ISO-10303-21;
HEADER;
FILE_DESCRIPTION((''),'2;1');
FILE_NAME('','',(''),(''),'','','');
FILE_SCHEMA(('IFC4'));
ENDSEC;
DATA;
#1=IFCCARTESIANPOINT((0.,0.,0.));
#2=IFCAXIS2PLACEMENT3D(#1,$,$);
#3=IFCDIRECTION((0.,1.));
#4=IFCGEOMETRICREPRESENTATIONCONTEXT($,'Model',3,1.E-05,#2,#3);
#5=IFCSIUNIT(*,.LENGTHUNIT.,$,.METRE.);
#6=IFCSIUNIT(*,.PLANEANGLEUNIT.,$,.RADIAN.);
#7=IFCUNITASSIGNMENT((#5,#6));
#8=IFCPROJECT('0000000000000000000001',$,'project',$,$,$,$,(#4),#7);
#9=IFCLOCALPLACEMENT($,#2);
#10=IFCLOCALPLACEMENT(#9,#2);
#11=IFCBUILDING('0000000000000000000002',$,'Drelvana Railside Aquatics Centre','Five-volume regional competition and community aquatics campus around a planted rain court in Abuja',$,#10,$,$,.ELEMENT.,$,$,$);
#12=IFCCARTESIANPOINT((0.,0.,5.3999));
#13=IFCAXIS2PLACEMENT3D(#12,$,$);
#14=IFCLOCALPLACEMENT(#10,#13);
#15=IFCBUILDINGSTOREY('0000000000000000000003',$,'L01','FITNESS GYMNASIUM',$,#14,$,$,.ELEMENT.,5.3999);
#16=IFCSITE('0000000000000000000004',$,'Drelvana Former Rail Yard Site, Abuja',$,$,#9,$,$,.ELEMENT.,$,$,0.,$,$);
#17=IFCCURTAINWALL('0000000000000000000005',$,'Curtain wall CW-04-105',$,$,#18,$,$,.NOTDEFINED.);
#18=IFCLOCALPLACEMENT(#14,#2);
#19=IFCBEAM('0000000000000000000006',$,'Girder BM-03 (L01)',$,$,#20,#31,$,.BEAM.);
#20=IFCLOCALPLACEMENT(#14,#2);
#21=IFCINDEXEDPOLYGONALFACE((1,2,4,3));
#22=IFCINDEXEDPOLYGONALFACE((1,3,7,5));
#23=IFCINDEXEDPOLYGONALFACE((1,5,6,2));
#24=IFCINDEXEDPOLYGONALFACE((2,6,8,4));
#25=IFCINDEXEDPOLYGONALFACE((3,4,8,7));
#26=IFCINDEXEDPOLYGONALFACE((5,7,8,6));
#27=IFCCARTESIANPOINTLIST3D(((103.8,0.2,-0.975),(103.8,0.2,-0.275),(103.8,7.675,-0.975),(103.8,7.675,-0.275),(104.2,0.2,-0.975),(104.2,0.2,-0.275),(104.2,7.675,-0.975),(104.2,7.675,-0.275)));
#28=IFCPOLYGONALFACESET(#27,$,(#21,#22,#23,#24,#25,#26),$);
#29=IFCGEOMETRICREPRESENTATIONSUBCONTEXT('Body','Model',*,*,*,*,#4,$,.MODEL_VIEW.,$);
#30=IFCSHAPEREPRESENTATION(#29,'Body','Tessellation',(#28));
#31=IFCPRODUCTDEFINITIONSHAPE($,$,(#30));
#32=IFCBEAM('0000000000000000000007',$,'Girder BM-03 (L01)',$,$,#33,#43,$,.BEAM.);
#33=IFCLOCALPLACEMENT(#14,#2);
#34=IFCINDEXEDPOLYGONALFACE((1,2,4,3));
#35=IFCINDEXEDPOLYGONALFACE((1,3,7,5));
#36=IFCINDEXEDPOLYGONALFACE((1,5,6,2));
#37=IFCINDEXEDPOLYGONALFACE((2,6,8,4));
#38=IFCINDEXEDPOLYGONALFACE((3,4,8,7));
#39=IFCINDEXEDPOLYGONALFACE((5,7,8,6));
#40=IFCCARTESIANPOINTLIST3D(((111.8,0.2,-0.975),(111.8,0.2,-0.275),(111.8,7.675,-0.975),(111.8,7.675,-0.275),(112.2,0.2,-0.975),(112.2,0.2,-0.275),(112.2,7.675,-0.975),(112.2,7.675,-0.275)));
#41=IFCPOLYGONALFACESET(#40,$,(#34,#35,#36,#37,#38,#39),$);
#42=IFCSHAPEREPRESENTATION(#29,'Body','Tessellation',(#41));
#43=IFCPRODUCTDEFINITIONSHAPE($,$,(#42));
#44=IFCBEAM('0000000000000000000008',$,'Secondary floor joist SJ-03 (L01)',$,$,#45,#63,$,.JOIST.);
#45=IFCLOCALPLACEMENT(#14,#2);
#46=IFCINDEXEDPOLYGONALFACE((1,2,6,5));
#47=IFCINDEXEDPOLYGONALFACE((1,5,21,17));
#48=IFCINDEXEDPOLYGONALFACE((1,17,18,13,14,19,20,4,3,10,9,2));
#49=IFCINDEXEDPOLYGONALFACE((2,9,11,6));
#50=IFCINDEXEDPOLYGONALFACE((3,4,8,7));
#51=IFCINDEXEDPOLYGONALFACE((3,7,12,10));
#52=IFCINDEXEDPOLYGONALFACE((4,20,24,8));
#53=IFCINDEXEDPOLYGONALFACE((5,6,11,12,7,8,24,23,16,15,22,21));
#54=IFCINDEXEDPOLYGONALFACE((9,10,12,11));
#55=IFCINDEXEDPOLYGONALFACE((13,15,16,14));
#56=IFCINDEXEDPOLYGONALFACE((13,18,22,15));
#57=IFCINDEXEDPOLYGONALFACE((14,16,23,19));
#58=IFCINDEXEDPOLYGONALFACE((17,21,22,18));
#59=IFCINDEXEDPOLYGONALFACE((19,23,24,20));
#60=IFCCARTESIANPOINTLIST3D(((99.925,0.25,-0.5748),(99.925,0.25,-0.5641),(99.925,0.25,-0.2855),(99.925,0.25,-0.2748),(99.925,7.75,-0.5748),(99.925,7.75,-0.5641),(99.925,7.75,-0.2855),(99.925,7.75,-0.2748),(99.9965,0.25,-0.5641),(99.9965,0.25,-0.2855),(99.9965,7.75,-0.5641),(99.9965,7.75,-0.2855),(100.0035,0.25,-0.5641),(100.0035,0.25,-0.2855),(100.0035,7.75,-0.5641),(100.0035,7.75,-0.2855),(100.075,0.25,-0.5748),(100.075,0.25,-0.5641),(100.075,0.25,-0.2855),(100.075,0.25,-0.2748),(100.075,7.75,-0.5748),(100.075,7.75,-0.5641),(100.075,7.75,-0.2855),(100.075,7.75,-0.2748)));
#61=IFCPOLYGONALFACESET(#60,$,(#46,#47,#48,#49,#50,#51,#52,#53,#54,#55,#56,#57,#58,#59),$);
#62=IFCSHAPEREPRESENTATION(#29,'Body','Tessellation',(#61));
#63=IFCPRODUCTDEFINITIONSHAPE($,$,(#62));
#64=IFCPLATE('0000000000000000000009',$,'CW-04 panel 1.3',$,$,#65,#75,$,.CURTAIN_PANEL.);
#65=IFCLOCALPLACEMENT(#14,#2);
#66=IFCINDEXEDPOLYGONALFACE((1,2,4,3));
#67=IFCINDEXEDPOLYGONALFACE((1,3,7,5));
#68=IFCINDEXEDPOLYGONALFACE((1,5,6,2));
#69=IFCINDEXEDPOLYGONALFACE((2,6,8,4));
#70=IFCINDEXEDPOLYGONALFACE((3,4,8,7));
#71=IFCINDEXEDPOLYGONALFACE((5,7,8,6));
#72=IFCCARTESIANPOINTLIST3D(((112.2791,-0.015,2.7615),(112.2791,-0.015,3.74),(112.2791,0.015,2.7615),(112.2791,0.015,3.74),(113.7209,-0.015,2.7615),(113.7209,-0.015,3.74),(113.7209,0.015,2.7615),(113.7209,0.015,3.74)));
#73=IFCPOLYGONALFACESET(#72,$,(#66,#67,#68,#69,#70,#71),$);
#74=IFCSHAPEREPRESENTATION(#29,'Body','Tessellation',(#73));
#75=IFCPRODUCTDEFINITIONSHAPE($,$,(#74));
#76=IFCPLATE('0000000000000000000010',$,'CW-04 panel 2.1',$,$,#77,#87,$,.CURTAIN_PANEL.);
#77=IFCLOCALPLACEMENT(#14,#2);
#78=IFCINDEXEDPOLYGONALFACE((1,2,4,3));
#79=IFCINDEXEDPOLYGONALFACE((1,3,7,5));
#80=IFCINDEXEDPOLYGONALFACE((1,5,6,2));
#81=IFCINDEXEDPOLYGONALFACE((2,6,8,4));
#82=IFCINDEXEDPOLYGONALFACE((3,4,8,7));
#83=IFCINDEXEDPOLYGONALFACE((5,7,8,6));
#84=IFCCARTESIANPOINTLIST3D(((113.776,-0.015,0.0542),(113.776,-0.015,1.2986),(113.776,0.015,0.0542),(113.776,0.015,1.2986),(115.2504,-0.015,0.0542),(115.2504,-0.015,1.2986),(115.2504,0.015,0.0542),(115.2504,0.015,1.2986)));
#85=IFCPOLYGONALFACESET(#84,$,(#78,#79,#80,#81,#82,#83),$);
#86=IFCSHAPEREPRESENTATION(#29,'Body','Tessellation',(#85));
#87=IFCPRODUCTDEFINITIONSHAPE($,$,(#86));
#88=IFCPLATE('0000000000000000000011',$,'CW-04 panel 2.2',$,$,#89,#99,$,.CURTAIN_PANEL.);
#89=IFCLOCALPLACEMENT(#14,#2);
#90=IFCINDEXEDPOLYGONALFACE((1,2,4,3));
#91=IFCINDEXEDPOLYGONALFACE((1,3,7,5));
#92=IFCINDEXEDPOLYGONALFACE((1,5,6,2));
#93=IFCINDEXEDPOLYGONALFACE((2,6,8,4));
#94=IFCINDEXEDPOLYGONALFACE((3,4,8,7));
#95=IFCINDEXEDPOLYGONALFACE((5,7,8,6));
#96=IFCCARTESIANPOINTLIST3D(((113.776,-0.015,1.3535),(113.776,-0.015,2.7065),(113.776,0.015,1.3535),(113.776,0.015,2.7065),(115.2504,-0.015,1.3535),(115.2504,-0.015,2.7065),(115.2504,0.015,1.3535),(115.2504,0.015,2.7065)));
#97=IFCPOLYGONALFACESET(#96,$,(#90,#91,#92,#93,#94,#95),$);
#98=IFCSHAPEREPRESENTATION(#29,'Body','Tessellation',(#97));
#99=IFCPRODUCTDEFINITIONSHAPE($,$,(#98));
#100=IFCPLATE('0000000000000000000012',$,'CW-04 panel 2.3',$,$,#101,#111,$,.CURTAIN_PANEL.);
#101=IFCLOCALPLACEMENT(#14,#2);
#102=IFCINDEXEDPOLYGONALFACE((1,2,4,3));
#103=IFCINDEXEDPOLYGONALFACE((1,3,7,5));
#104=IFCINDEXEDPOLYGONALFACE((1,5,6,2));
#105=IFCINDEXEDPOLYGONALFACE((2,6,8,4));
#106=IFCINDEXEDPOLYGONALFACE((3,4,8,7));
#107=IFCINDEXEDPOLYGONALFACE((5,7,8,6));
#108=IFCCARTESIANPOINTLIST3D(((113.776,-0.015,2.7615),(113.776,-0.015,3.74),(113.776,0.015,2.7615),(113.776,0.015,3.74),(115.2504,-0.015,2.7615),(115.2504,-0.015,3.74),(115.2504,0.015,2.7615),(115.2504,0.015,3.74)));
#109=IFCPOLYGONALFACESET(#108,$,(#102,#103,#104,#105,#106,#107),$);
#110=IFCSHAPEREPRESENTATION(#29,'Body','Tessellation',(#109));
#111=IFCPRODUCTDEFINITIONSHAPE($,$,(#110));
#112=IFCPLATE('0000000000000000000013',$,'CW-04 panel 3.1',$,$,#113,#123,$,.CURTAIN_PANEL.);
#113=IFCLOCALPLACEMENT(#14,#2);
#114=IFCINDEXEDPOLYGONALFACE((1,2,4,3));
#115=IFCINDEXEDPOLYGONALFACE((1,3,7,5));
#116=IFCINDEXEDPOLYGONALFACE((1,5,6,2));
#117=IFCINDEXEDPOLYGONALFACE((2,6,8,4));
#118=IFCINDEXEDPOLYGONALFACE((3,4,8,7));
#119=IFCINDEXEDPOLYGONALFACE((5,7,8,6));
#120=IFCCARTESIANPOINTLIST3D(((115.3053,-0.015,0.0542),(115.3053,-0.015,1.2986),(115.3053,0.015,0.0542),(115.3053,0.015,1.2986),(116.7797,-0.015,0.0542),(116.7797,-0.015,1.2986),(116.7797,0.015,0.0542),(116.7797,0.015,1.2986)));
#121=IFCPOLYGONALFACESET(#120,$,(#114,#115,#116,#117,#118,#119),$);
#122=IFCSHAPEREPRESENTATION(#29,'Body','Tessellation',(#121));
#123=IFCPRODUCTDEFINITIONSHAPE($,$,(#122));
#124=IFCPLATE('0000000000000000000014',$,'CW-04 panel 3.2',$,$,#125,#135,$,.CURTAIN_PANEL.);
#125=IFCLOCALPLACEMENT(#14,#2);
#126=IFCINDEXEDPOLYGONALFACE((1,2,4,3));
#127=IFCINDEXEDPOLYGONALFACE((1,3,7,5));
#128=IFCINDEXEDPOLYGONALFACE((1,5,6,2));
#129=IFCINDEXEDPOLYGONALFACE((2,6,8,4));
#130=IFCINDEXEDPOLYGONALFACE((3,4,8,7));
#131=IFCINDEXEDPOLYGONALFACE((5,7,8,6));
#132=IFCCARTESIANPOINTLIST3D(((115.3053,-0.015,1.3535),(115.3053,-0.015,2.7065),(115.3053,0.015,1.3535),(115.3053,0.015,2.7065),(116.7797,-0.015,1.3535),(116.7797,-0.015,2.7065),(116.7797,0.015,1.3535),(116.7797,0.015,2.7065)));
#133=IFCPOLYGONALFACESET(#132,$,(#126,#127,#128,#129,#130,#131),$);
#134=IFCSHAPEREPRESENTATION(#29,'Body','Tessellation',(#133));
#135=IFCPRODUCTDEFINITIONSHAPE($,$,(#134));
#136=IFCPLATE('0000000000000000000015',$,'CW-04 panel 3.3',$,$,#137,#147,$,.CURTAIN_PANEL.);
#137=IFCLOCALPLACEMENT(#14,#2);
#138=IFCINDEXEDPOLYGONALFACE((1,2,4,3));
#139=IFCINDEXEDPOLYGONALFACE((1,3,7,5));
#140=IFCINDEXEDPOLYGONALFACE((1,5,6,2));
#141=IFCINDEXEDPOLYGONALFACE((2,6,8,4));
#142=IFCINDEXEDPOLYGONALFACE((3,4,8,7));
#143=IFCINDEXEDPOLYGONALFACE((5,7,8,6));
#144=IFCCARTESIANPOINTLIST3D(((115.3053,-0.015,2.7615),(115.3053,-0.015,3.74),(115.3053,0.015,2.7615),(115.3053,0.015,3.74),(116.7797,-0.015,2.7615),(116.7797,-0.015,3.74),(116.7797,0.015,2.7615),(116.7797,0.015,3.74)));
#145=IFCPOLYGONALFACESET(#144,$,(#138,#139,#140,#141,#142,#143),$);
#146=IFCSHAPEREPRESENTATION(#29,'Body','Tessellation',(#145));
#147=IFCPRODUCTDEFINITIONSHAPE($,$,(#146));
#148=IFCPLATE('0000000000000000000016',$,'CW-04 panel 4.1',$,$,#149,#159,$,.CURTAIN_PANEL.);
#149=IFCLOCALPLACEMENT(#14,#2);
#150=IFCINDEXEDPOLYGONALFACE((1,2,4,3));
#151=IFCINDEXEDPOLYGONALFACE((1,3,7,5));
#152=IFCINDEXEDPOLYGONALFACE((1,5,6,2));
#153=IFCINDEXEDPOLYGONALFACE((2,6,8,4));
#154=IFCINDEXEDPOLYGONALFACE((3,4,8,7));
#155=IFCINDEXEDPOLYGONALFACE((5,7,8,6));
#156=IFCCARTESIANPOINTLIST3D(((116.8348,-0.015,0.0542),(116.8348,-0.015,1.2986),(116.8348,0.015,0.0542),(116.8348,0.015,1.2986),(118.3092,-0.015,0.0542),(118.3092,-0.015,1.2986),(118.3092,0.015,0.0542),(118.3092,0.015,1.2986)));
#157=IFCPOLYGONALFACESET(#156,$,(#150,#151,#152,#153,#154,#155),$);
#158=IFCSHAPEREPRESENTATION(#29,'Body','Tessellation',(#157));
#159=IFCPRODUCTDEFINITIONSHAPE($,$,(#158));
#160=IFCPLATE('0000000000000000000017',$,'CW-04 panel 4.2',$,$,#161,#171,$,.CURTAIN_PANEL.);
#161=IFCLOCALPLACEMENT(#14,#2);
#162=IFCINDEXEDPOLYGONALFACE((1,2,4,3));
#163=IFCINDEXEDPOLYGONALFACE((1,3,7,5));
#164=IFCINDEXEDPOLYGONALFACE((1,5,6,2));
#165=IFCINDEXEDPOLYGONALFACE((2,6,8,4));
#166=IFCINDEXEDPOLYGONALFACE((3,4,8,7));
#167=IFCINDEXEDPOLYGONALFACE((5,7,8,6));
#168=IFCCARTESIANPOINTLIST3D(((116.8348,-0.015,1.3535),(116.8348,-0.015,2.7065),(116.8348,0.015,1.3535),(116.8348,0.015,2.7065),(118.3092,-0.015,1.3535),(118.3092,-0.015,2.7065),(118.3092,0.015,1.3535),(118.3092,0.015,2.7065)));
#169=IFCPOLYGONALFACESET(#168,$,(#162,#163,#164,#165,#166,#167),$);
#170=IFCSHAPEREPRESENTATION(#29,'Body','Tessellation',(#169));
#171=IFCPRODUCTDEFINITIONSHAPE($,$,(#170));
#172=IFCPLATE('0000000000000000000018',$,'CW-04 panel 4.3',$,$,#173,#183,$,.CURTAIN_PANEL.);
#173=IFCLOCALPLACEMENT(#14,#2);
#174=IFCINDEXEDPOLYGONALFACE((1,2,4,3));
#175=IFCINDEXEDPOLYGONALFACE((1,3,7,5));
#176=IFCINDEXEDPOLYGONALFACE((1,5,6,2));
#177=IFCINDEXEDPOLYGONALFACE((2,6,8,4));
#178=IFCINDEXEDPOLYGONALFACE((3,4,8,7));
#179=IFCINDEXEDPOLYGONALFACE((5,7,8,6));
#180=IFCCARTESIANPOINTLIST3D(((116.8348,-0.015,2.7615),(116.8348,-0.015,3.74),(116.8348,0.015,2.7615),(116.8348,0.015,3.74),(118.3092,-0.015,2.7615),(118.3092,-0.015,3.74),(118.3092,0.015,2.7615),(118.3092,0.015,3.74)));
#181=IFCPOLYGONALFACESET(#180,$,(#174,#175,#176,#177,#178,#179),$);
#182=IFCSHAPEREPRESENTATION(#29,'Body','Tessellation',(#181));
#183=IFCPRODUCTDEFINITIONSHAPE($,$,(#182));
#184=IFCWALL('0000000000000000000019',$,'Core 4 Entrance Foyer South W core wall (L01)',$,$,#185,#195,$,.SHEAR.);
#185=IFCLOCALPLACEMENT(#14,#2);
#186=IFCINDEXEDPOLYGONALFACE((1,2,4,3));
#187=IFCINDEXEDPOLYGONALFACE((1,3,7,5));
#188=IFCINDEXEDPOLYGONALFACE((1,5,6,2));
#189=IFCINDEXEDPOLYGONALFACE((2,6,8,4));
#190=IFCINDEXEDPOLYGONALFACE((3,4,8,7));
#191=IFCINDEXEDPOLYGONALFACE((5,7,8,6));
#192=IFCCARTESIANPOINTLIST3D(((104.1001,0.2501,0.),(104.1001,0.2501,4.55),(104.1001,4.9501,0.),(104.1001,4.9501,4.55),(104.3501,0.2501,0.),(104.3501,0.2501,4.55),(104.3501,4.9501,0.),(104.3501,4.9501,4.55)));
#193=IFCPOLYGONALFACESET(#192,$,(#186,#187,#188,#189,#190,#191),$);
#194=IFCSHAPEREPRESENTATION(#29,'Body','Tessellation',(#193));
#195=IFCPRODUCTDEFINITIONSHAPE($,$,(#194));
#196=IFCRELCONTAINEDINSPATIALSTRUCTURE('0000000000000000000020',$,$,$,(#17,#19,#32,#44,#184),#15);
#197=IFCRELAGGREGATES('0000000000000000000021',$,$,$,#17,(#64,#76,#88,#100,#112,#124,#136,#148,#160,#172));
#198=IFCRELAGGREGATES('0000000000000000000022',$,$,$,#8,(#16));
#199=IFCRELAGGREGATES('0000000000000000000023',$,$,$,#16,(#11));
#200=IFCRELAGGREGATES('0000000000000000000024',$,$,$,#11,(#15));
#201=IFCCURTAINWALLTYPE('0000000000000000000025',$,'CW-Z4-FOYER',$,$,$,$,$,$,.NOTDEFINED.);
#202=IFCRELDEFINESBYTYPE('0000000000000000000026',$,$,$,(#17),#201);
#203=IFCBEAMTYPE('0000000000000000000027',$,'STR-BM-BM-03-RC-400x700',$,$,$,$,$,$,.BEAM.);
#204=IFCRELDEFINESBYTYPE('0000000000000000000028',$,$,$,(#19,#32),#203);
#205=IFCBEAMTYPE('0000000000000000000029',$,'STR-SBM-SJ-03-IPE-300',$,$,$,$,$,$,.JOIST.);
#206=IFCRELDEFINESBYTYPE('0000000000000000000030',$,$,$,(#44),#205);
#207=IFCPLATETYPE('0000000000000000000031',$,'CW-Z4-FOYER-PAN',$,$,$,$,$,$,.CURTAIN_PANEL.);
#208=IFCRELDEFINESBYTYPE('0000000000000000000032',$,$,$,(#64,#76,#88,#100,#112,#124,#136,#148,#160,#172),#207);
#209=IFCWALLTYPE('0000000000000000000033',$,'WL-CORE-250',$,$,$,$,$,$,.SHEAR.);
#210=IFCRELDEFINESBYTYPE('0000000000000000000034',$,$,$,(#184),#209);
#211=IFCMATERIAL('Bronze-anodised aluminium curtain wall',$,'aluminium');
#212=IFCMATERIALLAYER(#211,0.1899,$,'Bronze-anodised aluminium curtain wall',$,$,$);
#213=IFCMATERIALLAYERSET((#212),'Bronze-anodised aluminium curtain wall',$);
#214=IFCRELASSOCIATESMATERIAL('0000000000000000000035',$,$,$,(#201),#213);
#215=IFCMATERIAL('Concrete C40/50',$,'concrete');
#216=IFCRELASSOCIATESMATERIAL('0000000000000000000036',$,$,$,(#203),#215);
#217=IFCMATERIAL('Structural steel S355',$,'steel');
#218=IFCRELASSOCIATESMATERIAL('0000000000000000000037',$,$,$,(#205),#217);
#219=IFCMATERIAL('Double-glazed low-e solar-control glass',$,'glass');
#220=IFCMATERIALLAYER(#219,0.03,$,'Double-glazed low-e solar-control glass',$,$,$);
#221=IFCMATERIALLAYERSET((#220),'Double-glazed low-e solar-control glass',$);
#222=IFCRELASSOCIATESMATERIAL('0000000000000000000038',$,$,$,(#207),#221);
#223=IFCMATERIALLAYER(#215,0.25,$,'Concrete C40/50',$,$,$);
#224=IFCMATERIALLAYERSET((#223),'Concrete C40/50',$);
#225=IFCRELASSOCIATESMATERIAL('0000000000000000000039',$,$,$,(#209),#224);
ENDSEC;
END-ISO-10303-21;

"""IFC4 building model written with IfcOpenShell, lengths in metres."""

from ifc_helpers import new_model, si_unit, direction, frame, frame_2d, origin, origin_2d, place, context, subcontext, project, spatial, rectangle, i_section, extrude, material, layer, layer_set, material_profile, profile_set, type_object, element, aggregate, save


model = new_model("IFC4")

# Units and contexts
model_context = context("Model", 3, precision=1e-05, world=origin(), true_north=direction((0.0, 1.0)))
body_context = subcontext(model_context, "Body", "Model", "MODEL_VIEW")
ifc_project = project(units=[si_unit("LENGTHUNIT", "METRE"), si_unit("PLANEANGLEUNIT", "RADIAN")], contexts=[model_context])

# Site, building, storey
site_placement = place(None, origin())
site = spatial("IfcSite", under=ifc_project, at=site_placement, Name="Drelvana Former Rail Yard Site, Abuja", CompositionType="ELEMENT", RefElevation=0.0)
building_placement = place(site_placement, origin())
building = spatial("IfcBuilding", under=site, at=building_placement, Name="Drelvana Railside Aquatics Centre", Description="Five-volume regional competition and community aquatics campus around a planted rain court in Abuja", CompositionType="ELEMENT")
storey_placement = place(building_placement, frame((0.0, 0.0, 5.3999)))
storey = spatial("IfcBuildingStorey", under=building, at=storey_placement, Name="L01", Description="FITNESS GYMNASIUM", CompositionType="ELEMENT", Elevation=5.3999)

# Curtain wall
ifc_material_1 = material(Name="Bronze-anodised aluminium curtain wall", Category="aluminium")
ifc_layer_1 = layer(ifc_material_1, 0.1899, Name="Bronze-anodised aluminium curtain wall")
ifc_layer_set_1 = layer_set([ifc_layer_1], Name="Bronze-anodised aluminium curtain wall")
curtain_wall_type = type_object("IfcCurtainWallType", Name="CW-Z4-FOYER", PredefinedType="NOTDEFINED", material=ifc_layer_set_1)
curtain_wall_placement = place(storey_placement, origin())
curtain_wall = element("IfcCurtainWall", 1, at=curtain_wall_placement, inside=storey, type_object=curtain_wall_type, Name="Curtain wall CW-04-105", PredefinedType="NOTDEFINED")

# Beams
ifc_material_2 = material(Name="Concrete C40/50", Category="concrete")
ifc_material_profile_1 = material_profile(ifc_material_2, rectangle(XDim=0.3999, YDim=0.7, at=origin_2d()), Name="RC 400x700")
ifc_profile_set_1 = profile_set([ifc_material_profile_1], Name="Concrete C40/50")
beam_type_1 = type_object("IfcBeamType", Name="STR-BM-BM-03-RC-400x700", PredefinedType="BEAM", material=ifc_profile_set_1)
for number, where, z_axis, x_axis, name in (
    (2, (104.0, 0.2, -0.625), (0.0, 1.0, 0.0), (-1.0, 0.0, 0.0), "Girder BM-03 (L01)"),
    (3, (112.0, 0.2, -0.625), (0.0, 1.0, 0.0), (-1.0, 0.0, 0.0), "Girder BM-03 (L01)"),
):
    element("IfcBeam", number, at=place(storey_placement, frame(where, z_axis=z_axis, x_axis=x_axis)), inside=storey, type_object=beam_type_1, Name=name, PredefinedType="BEAM", context=body_context, shape_type="SweptSolid", body=[
        extrude(rectangle(XDim=0.3999, YDim=0.7, at=origin_2d()), origin(), (0.0, 0.0, 1.0), 7.4751),
    ])
ifc_material_3 = material(Name="Structural steel S355", Category="steel")
ifc_material_profile_2 = material_profile(ifc_material_3, i_section(OverallWidth=0.1499, OverallDepth=0.3, WebThickness=0.0071, FlangeThickness=0.0107, at=origin_2d()), Name="IPE 300")
ifc_profile_set_2 = profile_set([ifc_material_profile_2], Name="Structural steel S355")
beam_type_2 = type_object("IfcBeamType", Name="STR-SBM-SJ-03-IPE-300", PredefinedType="JOIST", material=ifc_profile_set_2)
beam_placement = place(storey_placement, frame((100.0, 0.25, -0.4248), z_axis=(0.0, 1.0, 0.0), x_axis=(-1.0, 0.0, 0.0)))
element("IfcBeam", 4, at=beam_placement, inside=storey, type_object=beam_type_2, Name="Secondary floor joist SJ-03 (L01)", PredefinedType="JOIST", context=body_context, shape_type="SweptSolid", body=[
    extrude(i_section(OverallWidth=0.1499, OverallDepth=0.3, WebThickness=0.0071, FlangeThickness=0.0107, at=origin_2d()), origin(), (0.0, 0.0, 1.0), 7.5),
])

# Plates
ifc_material_4 = material(Name="Double-glazed low-e solar-control glass", Category="glass")
ifc_layer_2 = layer(ifc_material_4, 0.03, Name="Double-glazed low-e solar-control glass")
ifc_layer_set_2 = layer_set([ifc_layer_2], Name="Double-glazed low-e solar-control glass")
plate_type = type_object("IfcPlateType", Name="CW-Z4-FOYER-PAN", PredefinedType="CURTAIN_PANEL", material=ifc_layer_set_2)
plate_1_placement = place(storey_placement, frame((113.0, 0.0, 2.7615), z_axis=(0.0, 0.0, 1.0), x_axis=(1.0, 0.0, 0.0)))
plate_1 = element("IfcPlate", 5, at=plate_1_placement, type_object=plate_type, Name="CW-04 panel 1.3", PredefinedType="CURTAIN_PANEL", context=body_context, shape_type="SweptSolid", body=[
    extrude(rectangle(XDim=1.4419, YDim=0.03, at=origin_2d()), origin(), (0.0, 0.0, 1.0), 0.9785),
])
plate_2_placement = place(storey_placement, frame((114.5132, 0.0, 0.0542), z_axis=(0.0, 0.0, 1.0), x_axis=(1.0, 0.0, 0.0)))
plate_2 = element("IfcPlate", 6, at=plate_2_placement, type_object=plate_type, Name="CW-04 panel 2.1", PredefinedType="CURTAIN_PANEL", context=body_context, shape_type="SweptSolid", body=[
    extrude(rectangle(XDim=1.4744, YDim=0.03, at=origin_2d()), origin(), (0.0, 0.0, 1.0), 1.2444),
])
plate_3_placement = place(storey_placement, frame((114.5132, 0.0, 1.3535), z_axis=(0.0, 0.0, 1.0), x_axis=(1.0, 0.0, 0.0)))
plate_3 = element("IfcPlate", 7, at=plate_3_placement, type_object=plate_type, Name="CW-04 panel 2.2", PredefinedType="CURTAIN_PANEL", context=body_context, shape_type="SweptSolid", body=[
    extrude(rectangle(XDim=1.4744, YDim=0.03, at=origin_2d()), origin(), (0.0, 0.0, 1.0), 1.353),
])
plate_4_placement = place(storey_placement, frame((114.5132, 0.0, 2.7615), z_axis=(0.0, 0.0, 1.0), x_axis=(1.0, 0.0, 0.0)))
plate_4 = element("IfcPlate", 8, at=plate_4_placement, type_object=plate_type, Name="CW-04 panel 2.3", PredefinedType="CURTAIN_PANEL", context=body_context, shape_type="SweptSolid", body=[
    extrude(rectangle(XDim=1.4744, YDim=0.03, at=origin_2d()), origin(), (0.0, 0.0, 1.0), 0.9785),
])
plate_5_placement = place(storey_placement, frame((116.0425, 0.0, 0.0542), z_axis=(0.0, 0.0, 1.0), x_axis=(1.0, 0.0, 0.0)))
plate_5 = element("IfcPlate", 9, at=plate_5_placement, type_object=plate_type, Name="CW-04 panel 3.1", PredefinedType="CURTAIN_PANEL", context=body_context, shape_type="SweptSolid", body=[
    extrude(rectangle(XDim=1.4744, YDim=0.03, at=origin_2d()), origin(), (0.0, 0.0, 1.0), 1.2444),
])
plate_6_placement = place(storey_placement, frame((116.0425, 0.0, 1.3535), z_axis=(0.0, 0.0, 1.0), x_axis=(1.0, 0.0, 0.0)))
plate_6 = element("IfcPlate", 10, at=plate_6_placement, type_object=plate_type, Name="CW-04 panel 3.2", PredefinedType="CURTAIN_PANEL", context=body_context, shape_type="SweptSolid", body=[
    extrude(rectangle(XDim=1.4744, YDim=0.03, at=origin_2d()), origin(), (0.0, 0.0, 1.0), 1.353),
])
plate_7_placement = place(storey_placement, frame((116.0425, 0.0, 2.7615), z_axis=(0.0, 0.0, 1.0), x_axis=(1.0, 0.0, 0.0)))
plate_7 = element("IfcPlate", 11, at=plate_7_placement, type_object=plate_type, Name="CW-04 panel 3.3", PredefinedType="CURTAIN_PANEL", context=body_context, shape_type="SweptSolid", body=[
    extrude(rectangle(XDim=1.4744, YDim=0.03, at=origin_2d()), origin(), (0.0, 0.0, 1.0), 0.9785),
])
plate_8_placement = place(storey_placement, frame((117.572, 0.0, 0.0542), z_axis=(0.0, 0.0, 1.0), x_axis=(1.0, 0.0, 0.0)))
plate_8 = element("IfcPlate", 12, at=plate_8_placement, type_object=plate_type, Name="CW-04 panel 4.1", PredefinedType="CURTAIN_PANEL", context=body_context, shape_type="SweptSolid", body=[
    extrude(rectangle(XDim=1.4744, YDim=0.03, at=origin_2d()), origin(), (0.0, 0.0, 1.0), 1.2444),
])
plate_9_placement = place(storey_placement, frame((117.572, 0.0, 1.3535), z_axis=(0.0, 0.0, 1.0), x_axis=(1.0, 0.0, 0.0)))
plate_9 = element("IfcPlate", 13, at=plate_9_placement, type_object=plate_type, Name="CW-04 panel 4.2", PredefinedType="CURTAIN_PANEL", context=body_context, shape_type="SweptSolid", body=[
    extrude(rectangle(XDim=1.4744, YDim=0.03, at=origin_2d()), origin(), (0.0, 0.0, 1.0), 1.353),
])
plate_10_placement = place(storey_placement, frame((117.572, 0.0, 2.7615), z_axis=(0.0, 0.0, 1.0), x_axis=(1.0, 0.0, 0.0)))
plate_10 = element("IfcPlate", 14, at=plate_10_placement, type_object=plate_type, Name="CW-04 panel 4.3", PredefinedType="CURTAIN_PANEL", context=body_context, shape_type="SweptSolid", body=[
    extrude(rectangle(XDim=1.4744, YDim=0.03, at=origin_2d()), origin(), (0.0, 0.0, 1.0), 0.9785),
])
aggregate(curtain_wall, [plate_1, plate_2, plate_3, plate_4, plate_5, plate_6, plate_7, plate_8, plate_9, plate_10])

# Wall
ifc_layer_3 = layer(ifc_material_2, 0.25, Name="Concrete C40/50")
ifc_layer_set_3 = layer_set([ifc_layer_3], Name="Concrete C40/50")
wall_type_1 = type_object("IfcWallType", Name="WL-CORE-250", PredefinedType="SHEAR", material=ifc_layer_set_3)
for number, where, z_axis, x_axis, name in (
    (15, (104.2251, 0.25, 0.0), (0.0, 0.0, 1.0), (0.0, 1.0, 0.0), "Core 4 Entrance Foyer South W core wall (L01)"),
):
    element("IfcWall", number, at=place(storey_placement, frame(where, z_axis=z_axis, x_axis=x_axis)), inside=storey, type_object=wall_type_1, Name=name, PredefinedType="SHEAR", context=body_context, shape_type="SweptSolid", body=[
        extrude(rectangle(XDim=4.7, YDim=0.25, at=frame_2d((2.3501, 0.0))), origin(), (0.0, 0.0, 1.0), 4.55),
    ])

save(model, "model.ifc")
